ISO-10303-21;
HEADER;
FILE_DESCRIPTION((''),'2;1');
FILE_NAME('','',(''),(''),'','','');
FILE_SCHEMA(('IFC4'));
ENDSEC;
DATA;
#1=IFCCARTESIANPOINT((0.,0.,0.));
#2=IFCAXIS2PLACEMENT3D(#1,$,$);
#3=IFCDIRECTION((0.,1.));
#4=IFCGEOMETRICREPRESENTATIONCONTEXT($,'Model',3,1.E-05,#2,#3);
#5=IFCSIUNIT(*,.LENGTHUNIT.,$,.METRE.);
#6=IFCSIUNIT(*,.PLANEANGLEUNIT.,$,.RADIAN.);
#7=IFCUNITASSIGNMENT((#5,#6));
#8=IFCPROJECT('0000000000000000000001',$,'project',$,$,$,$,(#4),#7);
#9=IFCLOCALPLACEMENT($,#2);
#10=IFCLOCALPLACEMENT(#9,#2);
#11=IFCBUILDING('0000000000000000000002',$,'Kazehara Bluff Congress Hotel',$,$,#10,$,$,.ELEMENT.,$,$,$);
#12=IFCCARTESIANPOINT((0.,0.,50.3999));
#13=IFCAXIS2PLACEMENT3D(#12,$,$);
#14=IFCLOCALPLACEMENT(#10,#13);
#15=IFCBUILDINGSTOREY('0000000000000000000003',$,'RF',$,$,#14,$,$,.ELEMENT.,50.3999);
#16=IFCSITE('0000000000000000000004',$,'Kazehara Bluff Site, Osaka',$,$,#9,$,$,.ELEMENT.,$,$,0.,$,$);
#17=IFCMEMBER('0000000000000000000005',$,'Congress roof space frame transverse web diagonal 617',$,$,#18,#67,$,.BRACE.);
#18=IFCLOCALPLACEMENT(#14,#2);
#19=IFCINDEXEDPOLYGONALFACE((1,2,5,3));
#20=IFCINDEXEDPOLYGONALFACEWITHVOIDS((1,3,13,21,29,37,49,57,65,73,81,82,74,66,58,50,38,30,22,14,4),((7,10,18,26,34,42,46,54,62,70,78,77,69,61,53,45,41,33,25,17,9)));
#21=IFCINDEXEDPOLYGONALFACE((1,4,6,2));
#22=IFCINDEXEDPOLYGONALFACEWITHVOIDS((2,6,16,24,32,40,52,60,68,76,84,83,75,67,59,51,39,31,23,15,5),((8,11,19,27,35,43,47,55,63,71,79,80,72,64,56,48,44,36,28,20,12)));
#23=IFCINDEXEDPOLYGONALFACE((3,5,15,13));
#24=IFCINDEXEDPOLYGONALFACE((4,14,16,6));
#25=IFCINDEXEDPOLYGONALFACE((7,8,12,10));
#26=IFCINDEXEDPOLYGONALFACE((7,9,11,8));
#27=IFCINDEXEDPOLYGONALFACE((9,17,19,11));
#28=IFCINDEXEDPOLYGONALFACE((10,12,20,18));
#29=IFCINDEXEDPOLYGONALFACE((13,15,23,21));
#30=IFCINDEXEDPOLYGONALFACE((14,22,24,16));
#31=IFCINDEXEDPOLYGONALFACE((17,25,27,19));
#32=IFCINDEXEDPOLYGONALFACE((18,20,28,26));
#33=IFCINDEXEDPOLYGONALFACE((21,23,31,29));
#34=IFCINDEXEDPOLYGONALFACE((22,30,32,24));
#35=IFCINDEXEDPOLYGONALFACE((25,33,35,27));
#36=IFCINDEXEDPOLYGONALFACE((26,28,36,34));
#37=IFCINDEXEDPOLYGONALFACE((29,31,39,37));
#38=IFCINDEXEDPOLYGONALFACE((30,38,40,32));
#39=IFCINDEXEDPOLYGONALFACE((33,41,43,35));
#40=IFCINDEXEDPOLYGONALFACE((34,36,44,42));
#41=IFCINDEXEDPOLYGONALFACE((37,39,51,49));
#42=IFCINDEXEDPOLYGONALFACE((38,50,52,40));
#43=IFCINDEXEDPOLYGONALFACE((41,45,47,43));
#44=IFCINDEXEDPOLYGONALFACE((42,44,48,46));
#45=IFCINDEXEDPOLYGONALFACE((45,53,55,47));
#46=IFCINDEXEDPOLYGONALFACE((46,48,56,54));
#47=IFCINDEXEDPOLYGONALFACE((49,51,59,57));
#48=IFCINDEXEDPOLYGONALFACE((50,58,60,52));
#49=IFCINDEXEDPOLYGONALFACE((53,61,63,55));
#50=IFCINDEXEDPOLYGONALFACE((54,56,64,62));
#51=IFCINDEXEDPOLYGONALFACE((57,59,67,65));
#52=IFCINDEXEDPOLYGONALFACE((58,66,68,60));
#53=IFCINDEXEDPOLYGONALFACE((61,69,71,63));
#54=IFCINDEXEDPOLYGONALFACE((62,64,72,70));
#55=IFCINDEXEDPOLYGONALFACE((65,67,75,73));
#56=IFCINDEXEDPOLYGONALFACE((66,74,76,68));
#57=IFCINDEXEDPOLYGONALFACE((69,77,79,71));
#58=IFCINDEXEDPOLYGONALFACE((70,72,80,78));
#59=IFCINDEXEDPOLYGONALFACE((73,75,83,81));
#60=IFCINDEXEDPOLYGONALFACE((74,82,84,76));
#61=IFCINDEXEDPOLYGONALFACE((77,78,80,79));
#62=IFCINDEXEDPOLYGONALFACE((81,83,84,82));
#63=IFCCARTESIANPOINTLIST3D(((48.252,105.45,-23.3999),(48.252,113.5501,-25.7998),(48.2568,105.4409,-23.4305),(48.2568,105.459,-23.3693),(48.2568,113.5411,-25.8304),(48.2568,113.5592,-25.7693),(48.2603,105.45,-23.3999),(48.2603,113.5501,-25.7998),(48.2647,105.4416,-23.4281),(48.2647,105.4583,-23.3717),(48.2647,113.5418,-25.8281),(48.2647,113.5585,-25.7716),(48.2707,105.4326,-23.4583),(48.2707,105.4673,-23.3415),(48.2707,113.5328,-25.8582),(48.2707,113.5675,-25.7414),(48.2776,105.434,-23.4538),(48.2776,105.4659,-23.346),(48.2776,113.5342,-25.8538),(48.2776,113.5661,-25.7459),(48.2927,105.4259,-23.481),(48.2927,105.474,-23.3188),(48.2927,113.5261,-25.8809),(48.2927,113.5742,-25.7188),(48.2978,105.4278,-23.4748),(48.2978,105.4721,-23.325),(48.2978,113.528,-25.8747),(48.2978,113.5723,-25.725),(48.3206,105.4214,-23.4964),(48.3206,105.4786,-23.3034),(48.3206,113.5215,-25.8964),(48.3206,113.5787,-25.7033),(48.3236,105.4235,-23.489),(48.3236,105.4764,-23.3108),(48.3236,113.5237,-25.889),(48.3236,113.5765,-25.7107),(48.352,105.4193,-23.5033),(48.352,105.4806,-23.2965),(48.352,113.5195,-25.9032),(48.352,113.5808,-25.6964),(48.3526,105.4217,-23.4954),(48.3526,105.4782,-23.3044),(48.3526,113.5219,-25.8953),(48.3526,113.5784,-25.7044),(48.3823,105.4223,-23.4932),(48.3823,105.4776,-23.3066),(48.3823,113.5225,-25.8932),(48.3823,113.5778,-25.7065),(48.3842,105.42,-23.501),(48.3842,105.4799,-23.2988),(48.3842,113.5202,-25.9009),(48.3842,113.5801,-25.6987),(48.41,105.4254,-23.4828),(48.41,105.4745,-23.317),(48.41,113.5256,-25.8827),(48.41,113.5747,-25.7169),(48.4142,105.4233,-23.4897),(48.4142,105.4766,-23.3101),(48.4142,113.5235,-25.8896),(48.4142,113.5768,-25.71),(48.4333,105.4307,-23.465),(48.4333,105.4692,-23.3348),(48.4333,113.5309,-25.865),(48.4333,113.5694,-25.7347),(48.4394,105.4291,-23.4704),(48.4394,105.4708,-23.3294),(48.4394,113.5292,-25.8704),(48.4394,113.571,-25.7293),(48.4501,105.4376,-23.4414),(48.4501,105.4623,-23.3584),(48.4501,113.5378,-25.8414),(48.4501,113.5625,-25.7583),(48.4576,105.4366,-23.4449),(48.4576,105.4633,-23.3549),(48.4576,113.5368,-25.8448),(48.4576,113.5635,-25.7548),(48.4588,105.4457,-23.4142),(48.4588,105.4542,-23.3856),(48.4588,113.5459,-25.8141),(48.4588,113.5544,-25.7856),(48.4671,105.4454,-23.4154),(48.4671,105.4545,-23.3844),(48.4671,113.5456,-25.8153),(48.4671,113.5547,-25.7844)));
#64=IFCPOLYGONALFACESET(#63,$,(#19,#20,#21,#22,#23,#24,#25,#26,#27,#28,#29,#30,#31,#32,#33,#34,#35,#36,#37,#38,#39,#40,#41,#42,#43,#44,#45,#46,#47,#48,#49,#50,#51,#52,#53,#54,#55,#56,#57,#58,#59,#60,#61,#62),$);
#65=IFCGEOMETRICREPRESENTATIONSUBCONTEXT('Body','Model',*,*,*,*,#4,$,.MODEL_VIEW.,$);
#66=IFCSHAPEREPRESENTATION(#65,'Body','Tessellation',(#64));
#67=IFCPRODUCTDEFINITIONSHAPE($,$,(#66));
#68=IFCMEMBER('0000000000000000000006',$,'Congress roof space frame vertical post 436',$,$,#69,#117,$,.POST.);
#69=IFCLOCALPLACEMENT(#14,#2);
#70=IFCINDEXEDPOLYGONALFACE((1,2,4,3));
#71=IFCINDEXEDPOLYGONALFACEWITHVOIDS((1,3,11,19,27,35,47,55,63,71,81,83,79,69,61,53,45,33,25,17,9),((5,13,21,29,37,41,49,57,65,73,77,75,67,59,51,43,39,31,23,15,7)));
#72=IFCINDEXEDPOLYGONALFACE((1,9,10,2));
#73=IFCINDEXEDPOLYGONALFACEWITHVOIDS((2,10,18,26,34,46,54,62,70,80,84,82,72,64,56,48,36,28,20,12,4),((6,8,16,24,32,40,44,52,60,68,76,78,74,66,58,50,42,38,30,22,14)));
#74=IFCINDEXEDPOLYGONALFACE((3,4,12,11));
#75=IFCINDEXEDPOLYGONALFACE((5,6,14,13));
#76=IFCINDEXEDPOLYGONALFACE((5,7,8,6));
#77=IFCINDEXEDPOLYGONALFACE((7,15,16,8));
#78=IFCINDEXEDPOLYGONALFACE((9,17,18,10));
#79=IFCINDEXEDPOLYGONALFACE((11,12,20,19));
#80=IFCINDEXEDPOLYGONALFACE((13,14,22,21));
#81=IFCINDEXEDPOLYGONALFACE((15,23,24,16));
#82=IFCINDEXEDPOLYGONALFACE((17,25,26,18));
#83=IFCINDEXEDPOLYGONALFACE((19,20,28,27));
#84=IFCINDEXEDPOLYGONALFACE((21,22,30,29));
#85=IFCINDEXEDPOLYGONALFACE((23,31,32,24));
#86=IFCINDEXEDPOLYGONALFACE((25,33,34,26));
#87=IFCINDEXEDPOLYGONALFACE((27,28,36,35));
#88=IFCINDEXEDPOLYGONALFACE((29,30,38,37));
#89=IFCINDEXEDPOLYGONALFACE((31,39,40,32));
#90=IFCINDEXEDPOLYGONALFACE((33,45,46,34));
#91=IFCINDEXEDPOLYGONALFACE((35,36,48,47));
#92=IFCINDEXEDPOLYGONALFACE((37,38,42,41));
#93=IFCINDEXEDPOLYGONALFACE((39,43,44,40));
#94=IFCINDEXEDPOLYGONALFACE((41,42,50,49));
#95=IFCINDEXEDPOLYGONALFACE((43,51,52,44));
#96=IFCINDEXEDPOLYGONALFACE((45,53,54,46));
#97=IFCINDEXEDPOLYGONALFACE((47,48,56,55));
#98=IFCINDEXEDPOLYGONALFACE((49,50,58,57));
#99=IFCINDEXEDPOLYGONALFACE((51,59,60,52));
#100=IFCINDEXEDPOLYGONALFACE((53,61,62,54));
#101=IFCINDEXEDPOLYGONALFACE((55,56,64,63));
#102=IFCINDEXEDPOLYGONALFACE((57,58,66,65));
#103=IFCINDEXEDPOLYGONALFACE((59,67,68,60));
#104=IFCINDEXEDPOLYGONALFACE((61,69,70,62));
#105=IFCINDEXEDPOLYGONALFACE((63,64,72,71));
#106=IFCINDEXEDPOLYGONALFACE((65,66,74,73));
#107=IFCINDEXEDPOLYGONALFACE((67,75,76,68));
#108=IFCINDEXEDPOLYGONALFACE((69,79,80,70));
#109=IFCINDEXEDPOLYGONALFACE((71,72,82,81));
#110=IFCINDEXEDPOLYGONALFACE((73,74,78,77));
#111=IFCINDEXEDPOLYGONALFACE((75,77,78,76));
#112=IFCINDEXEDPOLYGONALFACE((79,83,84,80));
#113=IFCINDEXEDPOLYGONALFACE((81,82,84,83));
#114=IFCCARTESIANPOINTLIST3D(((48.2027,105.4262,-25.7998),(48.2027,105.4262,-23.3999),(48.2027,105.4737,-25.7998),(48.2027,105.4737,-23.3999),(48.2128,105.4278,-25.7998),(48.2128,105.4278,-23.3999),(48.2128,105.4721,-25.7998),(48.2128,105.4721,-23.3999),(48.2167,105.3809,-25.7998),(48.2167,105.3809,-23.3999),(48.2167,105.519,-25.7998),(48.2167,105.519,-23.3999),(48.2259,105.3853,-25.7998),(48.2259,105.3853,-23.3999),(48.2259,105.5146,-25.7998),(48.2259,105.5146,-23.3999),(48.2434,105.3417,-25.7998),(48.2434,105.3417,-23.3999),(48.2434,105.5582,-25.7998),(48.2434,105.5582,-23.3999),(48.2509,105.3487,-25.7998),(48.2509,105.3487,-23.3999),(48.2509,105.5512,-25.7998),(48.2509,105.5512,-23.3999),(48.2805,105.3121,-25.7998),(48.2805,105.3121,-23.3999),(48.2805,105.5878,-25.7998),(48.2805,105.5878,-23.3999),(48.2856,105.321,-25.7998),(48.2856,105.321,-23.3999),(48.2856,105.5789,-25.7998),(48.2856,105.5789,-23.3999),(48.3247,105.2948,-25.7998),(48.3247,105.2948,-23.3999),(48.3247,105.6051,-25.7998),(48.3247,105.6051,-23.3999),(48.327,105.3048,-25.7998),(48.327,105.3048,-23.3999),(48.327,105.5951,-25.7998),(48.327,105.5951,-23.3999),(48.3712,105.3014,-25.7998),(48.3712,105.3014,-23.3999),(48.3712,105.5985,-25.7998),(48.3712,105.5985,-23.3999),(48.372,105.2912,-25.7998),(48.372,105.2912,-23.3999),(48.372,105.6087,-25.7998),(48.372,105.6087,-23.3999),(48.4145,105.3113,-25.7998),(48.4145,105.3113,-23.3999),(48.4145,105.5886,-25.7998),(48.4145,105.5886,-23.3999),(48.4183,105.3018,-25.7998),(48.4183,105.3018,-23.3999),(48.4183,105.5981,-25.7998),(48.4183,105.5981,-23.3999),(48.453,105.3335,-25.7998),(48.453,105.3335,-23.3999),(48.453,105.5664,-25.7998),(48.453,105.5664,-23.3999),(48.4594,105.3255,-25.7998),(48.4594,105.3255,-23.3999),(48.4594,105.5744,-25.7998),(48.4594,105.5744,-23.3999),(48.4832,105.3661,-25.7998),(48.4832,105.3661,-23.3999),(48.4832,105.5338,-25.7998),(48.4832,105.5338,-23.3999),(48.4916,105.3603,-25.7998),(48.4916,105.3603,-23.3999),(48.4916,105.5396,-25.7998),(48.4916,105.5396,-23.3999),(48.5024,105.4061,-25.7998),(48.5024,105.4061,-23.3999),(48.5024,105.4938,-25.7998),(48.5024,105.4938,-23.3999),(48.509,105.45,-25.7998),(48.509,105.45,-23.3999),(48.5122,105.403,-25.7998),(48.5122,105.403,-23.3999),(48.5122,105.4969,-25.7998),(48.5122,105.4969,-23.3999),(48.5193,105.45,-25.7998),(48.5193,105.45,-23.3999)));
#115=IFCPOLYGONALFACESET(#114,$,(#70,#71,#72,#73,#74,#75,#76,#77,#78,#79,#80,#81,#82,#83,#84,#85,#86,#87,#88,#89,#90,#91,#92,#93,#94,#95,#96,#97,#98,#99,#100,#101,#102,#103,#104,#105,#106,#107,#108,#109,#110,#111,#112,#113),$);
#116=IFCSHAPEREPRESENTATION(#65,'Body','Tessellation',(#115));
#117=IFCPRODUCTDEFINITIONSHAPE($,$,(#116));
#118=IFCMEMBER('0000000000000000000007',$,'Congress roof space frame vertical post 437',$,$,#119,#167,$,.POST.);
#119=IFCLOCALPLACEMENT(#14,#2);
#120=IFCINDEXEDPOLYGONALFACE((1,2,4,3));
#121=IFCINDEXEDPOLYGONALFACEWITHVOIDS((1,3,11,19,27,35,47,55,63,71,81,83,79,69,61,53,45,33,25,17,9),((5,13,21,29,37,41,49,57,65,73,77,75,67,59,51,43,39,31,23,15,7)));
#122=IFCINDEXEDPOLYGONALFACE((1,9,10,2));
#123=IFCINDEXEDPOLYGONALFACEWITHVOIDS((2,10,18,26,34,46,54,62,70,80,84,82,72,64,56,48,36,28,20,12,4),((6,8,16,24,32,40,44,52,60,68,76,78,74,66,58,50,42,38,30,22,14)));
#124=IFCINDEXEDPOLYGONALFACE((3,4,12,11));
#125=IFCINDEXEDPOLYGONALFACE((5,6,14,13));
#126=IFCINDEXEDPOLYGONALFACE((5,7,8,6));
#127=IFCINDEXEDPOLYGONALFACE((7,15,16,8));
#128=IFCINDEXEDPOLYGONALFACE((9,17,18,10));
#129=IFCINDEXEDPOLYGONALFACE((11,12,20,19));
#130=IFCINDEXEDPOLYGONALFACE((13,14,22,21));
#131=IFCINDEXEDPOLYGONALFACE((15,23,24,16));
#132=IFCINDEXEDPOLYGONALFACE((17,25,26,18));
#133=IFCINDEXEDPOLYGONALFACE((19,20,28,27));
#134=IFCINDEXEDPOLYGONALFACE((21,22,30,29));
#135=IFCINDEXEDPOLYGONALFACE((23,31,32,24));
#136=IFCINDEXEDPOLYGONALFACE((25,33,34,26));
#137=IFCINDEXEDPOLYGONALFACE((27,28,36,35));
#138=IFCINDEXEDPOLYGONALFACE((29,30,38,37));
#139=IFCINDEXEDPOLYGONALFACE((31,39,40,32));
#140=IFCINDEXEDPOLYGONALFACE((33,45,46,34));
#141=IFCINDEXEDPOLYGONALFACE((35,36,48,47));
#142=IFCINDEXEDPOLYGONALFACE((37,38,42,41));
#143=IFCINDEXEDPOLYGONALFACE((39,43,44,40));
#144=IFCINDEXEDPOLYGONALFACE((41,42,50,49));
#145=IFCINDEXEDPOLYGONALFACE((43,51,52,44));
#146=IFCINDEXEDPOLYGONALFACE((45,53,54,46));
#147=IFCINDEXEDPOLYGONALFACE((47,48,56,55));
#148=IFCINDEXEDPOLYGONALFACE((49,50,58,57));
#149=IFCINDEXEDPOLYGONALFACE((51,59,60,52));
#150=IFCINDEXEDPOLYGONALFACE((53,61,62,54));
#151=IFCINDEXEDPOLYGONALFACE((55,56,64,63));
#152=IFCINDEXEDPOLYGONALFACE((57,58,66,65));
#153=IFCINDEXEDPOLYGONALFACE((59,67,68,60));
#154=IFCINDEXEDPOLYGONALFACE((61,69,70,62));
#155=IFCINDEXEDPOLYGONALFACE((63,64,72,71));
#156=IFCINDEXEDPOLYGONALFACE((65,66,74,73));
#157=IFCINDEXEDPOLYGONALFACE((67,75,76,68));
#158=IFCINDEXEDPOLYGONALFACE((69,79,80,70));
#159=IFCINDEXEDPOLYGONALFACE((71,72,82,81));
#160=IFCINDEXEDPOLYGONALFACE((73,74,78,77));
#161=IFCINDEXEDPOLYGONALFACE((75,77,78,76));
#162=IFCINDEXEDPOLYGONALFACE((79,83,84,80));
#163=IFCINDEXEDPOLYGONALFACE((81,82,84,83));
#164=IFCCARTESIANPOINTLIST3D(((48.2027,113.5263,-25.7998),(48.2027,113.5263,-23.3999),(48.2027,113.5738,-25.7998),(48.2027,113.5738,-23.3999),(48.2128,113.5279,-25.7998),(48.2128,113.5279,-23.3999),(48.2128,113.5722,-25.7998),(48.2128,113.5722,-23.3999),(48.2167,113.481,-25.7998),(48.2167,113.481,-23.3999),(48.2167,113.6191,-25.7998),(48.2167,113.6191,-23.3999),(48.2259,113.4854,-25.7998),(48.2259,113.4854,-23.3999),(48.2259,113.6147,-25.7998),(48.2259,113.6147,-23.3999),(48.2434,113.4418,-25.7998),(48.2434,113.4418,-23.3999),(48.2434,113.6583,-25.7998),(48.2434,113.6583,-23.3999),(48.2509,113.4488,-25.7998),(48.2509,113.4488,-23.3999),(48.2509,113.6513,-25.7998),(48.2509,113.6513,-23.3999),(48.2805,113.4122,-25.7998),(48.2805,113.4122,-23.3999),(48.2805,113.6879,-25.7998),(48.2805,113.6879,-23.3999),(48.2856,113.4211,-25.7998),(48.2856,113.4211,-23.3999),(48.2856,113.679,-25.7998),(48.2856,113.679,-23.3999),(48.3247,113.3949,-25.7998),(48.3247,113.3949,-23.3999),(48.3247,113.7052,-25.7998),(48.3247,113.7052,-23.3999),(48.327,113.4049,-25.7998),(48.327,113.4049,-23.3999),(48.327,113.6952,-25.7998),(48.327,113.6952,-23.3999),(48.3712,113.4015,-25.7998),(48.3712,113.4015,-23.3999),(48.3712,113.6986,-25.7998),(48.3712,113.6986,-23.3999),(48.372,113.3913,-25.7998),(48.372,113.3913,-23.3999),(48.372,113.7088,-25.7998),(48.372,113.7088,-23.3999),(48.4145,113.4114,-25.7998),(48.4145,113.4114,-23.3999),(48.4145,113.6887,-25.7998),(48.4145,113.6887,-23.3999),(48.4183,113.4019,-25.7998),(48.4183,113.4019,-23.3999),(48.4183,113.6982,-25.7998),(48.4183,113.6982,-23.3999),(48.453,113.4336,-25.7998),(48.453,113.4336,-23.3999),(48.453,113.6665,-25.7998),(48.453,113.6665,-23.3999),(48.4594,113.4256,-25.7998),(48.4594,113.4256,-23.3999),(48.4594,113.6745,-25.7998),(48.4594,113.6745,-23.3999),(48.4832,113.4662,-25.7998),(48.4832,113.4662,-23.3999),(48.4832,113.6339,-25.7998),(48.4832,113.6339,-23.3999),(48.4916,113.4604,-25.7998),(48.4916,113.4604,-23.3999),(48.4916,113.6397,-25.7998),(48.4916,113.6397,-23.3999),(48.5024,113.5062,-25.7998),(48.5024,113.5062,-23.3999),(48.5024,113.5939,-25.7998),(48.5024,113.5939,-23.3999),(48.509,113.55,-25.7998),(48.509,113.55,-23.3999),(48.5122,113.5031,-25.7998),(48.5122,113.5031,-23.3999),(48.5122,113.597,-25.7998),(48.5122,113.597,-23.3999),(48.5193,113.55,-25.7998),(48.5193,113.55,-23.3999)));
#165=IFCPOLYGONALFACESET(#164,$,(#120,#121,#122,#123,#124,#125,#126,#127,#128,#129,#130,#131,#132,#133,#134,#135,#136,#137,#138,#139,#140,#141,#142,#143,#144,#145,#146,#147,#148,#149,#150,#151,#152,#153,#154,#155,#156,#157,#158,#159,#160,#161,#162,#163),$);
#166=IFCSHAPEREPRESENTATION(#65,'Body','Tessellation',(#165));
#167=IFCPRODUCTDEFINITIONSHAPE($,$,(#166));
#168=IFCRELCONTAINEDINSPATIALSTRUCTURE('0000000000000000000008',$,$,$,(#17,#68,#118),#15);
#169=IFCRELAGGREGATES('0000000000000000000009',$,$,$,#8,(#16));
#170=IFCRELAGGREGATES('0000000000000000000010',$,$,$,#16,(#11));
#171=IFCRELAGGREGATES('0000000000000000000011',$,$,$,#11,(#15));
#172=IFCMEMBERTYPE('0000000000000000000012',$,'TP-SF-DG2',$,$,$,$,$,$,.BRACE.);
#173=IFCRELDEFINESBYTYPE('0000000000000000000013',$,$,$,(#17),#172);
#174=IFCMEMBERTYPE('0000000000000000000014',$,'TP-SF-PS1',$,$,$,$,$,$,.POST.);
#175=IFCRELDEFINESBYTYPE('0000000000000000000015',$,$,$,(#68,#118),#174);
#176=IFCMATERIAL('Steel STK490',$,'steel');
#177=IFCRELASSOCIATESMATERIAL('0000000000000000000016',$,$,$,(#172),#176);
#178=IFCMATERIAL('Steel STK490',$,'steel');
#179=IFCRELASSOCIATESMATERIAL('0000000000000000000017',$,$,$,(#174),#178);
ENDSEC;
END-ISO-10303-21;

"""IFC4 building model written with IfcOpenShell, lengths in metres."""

from ifc_helpers import new_model, si_unit, direction, frame, origin, origin_2d, place, context, subcontext, project, spatial, hollow_circle, extrude, material, material_profile, profile_set, type_object, element, save


model = new_model("IFC4")

# Units and contexts
model_context = context("Model", 3, precision=1e-05, world=origin(), true_north=direction((0.0, 1.0)))
body_context = subcontext(model_context, "Body", "Model", "MODEL_VIEW")
ifc_project = project(units=[si_unit("LENGTHUNIT", "METRE"), si_unit("PLANEANGLEUNIT", "RADIAN")], contexts=[model_context])

# Site, building, storey
site_placement = place(None, origin())
site = spatial("IfcSite", under=ifc_project, at=site_placement, Name="Kazehara Bluff Site, Osaka", CompositionType="ELEMENT", RefElevation=0.0)
building_placement = place(site_placement, origin())
building = spatial("IfcBuilding", under=site, at=building_placement, Name="Kazehara Bluff Congress Hotel", CompositionType="ELEMENT")
storey_placement = place(building_placement, frame((0.0, 0.0, 50.3999)))
storey = spatial("IfcBuildingStorey", under=building, at=storey_placement, Name="RF", CompositionType="ELEMENT", Elevation=50.3999)

# Members
ifc_material_1 = material(Name="Steel STK490", Category="steel")
ifc_material_profile_1 = material_profile(ifc_material_1, hollow_circle(Radius=0.1082, WallThickness=0.0083, at=origin_2d()))
ifc_profile_set_1 = profile_set([ifc_material_profile_1], Name="Steel STK490")
member_type_1 = type_object("IfcMemberType", Name="TP-SF-DG2", PredefinedType="BRACE", material=ifc_profile_set_1)
member_1_placement = place(storey_placement, frame((48.3601, 105.45, -23.3999), z_axis=(0.0, 0.958802, -0.284075), x_axis=(-1.0, 0.0, 0.0)))
element("IfcMember", 1, at=member_1_placement, inside=storey, type_object=member_type_1, Name="Congress roof space frame transverse web diagonal 617", PredefinedType="BRACE", context=body_context, shape_type="SweptSolid", body=[
    extrude(hollow_circle(Radius=0.1082, WallThickness=0.0083, at=origin_2d()), origin(), (0.0, 0.0, 1.0), 8.4482),
])
ifc_material_2 = material(Name="Steel STK490", Category="steel")
ifc_material_profile_2 = material_profile(ifc_material_2, hollow_circle(Radius=0.1592, WallThickness=0.0103, at=origin_2d()))
ifc_profile_set_2 = profile_set([ifc_material_profile_2], Name="Steel STK490")
member_type_2 = type_object("IfcMemberType", Name="TP-SF-PS1", PredefinedType="POST", material=ifc_profile_set_2)
for number, where, z_axis, x_axis, name in (
    (2, (48.3601, 105.45, -25.7998), (0.0, 0.0, 1.0), (1.0, 0.0, 0.0), "Congress roof space frame vertical post 436"),
    (3, (48.3601, 113.55, -25.7998), (0.0, 0.0, 1.0), (1.0, 0.0, 0.0), "Congress roof space frame vertical post 437"),
):
    element("IfcMember", number, at=place(storey_placement, frame(where, z_axis=z_axis, x_axis=x_axis)), inside=storey, type_object=member_type_2, Name=name, PredefinedType="POST", context=body_context, shape_type="SweptSolid", body=[
        extrude(hollow_circle(Radius=0.1592, WallThickness=0.0103, at=origin_2d()), origin(), (0.0, 0.0, 1.0), 2.3999),
    ])

save(model, "model.ifc")
